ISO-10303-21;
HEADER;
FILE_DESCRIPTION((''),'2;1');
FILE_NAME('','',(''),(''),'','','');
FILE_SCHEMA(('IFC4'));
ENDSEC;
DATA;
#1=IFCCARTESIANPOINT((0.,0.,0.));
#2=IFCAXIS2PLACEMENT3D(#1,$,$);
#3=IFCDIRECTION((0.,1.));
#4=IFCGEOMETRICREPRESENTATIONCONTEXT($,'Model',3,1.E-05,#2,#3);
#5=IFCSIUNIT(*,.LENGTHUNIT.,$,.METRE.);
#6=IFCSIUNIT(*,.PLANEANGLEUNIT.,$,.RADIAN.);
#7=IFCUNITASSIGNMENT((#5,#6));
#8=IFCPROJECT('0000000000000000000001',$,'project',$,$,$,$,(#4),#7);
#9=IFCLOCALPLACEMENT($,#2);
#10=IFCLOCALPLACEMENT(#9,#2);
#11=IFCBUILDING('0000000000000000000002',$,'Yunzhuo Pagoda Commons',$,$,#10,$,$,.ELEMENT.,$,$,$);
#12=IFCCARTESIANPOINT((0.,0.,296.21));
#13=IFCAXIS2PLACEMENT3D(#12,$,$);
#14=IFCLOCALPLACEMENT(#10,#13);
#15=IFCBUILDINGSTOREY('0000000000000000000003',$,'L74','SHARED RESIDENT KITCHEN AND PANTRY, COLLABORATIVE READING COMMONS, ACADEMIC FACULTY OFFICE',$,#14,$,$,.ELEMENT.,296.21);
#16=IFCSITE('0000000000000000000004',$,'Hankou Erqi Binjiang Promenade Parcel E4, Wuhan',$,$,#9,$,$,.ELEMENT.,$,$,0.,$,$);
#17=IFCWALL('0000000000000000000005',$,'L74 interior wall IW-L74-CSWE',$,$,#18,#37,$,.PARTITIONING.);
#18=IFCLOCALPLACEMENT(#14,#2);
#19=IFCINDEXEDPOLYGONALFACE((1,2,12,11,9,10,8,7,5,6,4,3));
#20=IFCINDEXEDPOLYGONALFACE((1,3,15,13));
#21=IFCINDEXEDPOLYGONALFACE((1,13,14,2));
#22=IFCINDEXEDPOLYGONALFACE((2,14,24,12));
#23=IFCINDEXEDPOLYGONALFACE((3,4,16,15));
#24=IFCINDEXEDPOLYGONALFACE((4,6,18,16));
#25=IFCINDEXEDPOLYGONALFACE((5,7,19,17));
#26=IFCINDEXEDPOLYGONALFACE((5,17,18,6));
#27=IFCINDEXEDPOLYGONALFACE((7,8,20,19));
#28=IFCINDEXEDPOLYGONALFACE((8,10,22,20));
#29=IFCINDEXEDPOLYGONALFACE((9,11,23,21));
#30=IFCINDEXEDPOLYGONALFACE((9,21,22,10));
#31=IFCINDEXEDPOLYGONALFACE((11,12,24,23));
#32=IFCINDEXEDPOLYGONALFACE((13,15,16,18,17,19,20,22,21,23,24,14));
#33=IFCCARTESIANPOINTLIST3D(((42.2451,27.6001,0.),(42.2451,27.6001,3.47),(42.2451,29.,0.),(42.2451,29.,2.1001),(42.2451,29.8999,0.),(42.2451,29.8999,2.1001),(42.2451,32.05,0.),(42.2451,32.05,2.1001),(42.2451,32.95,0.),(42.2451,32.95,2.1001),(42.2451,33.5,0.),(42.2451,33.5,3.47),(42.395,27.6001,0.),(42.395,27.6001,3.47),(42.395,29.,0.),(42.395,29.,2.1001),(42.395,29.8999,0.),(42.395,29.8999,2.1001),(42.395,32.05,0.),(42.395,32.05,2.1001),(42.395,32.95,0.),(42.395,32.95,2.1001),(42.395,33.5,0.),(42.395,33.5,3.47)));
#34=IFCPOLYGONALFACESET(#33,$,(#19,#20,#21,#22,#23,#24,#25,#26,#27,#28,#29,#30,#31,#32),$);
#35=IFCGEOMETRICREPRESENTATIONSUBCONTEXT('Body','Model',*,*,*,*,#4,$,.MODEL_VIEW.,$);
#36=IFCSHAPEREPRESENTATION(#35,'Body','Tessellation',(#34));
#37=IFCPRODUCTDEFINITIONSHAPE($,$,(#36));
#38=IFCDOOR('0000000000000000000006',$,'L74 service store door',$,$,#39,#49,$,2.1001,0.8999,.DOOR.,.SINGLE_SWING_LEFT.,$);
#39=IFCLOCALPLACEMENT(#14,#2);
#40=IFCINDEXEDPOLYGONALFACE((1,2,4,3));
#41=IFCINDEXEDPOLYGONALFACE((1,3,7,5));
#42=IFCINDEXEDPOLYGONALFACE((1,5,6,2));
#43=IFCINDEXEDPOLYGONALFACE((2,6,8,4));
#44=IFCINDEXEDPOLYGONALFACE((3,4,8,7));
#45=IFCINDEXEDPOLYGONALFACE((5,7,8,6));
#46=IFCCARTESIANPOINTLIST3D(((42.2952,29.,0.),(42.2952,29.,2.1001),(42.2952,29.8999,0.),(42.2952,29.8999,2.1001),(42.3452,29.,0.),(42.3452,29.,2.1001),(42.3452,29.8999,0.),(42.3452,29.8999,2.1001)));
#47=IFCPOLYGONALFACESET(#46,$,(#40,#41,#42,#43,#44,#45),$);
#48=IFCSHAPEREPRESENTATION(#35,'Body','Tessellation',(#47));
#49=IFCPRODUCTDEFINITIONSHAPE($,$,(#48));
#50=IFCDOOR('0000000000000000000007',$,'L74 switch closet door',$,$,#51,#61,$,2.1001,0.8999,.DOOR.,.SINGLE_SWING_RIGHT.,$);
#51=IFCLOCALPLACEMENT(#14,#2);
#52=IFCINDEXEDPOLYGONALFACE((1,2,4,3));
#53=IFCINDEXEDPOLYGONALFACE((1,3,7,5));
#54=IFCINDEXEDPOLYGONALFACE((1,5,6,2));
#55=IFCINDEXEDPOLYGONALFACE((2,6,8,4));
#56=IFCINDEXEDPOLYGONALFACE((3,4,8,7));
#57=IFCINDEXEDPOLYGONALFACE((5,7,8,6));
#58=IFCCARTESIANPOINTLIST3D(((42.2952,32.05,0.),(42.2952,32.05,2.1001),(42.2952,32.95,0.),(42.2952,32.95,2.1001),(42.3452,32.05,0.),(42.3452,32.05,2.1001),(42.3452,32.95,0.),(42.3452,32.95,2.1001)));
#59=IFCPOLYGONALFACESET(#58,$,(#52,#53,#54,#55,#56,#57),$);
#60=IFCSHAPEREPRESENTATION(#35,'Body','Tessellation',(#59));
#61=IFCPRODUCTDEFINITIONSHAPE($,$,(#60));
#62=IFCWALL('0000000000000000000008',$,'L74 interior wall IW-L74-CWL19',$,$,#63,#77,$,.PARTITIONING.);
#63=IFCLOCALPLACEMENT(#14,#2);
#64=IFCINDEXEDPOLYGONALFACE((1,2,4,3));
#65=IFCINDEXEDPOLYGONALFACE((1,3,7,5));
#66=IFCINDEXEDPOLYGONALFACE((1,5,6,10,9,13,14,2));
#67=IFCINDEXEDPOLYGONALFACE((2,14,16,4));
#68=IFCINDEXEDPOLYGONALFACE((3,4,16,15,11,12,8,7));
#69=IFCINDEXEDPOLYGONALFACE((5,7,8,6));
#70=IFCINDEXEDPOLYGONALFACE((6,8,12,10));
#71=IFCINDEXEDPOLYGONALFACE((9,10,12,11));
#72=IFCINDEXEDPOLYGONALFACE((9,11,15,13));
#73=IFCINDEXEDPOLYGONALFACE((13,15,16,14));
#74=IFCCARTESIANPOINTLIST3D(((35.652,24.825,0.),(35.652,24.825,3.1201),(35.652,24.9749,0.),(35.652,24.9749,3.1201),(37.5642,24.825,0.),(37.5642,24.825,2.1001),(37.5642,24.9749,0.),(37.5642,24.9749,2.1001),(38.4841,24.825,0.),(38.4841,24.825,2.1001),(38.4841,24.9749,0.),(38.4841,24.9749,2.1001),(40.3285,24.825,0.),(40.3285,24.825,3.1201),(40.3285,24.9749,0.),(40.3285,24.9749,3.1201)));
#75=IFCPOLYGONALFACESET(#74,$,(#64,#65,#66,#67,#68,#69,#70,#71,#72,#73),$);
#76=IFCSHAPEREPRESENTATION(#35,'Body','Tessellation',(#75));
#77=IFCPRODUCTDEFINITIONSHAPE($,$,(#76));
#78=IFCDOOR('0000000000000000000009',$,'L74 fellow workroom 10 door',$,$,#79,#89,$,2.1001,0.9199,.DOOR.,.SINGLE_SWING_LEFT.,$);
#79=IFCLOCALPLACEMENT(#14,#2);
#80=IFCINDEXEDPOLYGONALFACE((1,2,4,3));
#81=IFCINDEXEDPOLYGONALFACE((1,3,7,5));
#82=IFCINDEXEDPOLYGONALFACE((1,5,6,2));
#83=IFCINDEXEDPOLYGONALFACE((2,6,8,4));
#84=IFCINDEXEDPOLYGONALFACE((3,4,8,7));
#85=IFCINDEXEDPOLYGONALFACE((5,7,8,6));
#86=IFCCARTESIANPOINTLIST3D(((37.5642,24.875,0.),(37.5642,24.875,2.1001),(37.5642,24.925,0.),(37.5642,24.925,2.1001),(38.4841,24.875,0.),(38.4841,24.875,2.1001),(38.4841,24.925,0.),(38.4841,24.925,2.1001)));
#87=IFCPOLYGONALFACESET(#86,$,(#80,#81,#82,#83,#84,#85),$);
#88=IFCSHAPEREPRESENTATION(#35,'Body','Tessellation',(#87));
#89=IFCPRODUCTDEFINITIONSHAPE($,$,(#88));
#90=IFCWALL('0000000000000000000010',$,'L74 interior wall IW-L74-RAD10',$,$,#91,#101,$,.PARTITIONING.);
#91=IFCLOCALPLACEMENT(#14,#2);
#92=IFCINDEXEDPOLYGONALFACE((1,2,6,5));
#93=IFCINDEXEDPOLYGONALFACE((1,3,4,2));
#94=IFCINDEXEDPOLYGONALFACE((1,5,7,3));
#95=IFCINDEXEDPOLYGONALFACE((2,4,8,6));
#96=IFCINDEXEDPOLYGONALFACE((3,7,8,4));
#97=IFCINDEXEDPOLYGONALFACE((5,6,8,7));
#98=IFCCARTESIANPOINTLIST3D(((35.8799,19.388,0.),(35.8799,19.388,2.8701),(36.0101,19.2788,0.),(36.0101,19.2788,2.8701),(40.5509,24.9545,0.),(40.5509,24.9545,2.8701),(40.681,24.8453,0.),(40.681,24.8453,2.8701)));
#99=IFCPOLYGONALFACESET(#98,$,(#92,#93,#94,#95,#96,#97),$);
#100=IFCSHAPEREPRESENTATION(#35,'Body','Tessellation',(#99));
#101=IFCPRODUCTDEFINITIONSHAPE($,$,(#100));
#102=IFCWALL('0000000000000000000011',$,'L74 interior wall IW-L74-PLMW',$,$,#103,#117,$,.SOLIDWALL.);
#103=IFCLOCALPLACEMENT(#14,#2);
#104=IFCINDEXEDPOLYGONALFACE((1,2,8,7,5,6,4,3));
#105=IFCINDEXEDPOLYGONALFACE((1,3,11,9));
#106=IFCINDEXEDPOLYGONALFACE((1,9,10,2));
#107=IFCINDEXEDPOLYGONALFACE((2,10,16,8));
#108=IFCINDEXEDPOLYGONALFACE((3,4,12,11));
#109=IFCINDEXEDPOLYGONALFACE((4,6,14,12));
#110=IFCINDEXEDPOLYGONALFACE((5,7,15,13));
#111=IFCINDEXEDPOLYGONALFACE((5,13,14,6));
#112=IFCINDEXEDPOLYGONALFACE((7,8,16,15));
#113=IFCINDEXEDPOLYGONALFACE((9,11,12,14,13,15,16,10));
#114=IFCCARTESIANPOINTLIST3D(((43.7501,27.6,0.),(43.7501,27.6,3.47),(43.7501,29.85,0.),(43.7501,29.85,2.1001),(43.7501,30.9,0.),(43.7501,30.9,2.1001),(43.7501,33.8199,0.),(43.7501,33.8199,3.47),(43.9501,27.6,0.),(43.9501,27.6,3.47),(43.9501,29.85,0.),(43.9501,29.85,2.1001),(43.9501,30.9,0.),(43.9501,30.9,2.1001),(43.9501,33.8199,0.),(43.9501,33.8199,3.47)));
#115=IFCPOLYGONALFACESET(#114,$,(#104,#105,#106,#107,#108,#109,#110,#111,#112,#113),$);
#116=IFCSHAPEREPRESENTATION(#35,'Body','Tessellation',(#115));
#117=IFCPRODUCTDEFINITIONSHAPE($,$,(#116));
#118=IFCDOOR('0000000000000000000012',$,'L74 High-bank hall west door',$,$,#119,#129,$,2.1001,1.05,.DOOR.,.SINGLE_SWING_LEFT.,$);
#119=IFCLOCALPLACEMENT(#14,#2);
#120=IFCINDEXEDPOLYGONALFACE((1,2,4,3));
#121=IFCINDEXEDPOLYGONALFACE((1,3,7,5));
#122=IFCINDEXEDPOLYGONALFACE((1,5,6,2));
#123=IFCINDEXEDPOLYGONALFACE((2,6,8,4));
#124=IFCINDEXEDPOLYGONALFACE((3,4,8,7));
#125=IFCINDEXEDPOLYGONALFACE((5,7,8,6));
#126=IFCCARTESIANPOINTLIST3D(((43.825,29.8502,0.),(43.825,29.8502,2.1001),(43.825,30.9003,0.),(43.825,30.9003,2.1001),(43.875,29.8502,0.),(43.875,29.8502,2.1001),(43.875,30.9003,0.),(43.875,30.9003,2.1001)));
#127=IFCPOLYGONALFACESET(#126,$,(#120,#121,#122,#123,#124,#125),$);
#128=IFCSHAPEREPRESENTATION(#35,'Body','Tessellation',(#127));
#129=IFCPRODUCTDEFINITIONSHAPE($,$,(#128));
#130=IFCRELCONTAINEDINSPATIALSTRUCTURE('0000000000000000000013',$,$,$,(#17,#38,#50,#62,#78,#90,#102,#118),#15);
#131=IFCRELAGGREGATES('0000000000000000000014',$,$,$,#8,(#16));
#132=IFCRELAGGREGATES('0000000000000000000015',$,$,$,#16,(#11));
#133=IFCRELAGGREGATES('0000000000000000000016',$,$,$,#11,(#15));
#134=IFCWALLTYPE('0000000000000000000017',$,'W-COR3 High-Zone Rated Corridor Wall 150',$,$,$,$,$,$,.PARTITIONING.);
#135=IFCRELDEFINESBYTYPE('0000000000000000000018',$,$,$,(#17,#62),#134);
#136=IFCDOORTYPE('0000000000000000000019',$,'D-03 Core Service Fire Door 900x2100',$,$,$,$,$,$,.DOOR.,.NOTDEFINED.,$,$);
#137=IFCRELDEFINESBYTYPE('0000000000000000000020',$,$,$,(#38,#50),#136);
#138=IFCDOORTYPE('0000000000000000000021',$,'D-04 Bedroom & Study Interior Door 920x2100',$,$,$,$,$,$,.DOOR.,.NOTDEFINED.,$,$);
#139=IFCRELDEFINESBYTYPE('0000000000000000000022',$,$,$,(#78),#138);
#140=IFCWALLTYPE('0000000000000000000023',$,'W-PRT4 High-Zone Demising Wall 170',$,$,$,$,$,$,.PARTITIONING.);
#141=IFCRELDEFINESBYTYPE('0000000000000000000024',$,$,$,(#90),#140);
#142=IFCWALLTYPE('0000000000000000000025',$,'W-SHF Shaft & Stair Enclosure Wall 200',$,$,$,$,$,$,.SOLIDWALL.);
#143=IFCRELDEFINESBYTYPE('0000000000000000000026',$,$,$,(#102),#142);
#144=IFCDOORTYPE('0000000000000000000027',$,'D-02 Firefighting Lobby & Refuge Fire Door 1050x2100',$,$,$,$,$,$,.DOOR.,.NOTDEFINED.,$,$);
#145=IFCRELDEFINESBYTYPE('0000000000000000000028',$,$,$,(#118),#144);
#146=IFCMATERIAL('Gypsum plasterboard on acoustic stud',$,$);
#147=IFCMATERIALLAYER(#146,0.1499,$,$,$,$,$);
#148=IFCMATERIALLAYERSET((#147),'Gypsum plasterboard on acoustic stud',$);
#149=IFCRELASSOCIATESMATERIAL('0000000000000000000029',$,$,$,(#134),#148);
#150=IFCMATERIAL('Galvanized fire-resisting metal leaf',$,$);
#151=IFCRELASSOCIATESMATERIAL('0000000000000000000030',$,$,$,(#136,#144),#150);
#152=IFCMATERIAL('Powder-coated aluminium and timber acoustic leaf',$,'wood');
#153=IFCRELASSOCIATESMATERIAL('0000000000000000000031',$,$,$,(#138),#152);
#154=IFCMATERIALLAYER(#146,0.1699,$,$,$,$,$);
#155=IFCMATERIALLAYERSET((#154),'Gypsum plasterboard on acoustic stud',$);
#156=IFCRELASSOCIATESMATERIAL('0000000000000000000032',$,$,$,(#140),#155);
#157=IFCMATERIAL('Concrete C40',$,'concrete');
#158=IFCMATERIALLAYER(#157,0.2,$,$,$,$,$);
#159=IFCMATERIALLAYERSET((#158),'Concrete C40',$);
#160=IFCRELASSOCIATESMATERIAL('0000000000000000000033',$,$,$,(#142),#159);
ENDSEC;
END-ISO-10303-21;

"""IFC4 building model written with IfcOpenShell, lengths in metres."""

from ifc_helpers import new_model, si_unit, direction, frame, frame_2d, origin, origin_with_axes, place, context, subcontext, project, spatial, rectangle, extrude, source, transform, mapped, material, layer, layer_set, type_object, element, fill, save


model = new_model("IFC4")

# Units and contexts
model_context = context("Model", 3, precision=1e-05, world=origin(), true_north=direction((0.0, 1.0)))
body_context = subcontext(model_context, "Body", "Model", "MODEL_VIEW")
ifc_project = project(units=[si_unit("LENGTHUNIT", "METRE"), si_unit("PLANEANGLEUNIT", "RADIAN")], contexts=[model_context])

# Site, building, storey
site_placement = place(None, origin())
site = spatial("IfcSite", under=ifc_project, at=site_placement, Name="Hankou Erqi Binjiang Promenade Parcel E4, Wuhan", CompositionType="ELEMENT", RefElevation=0.0)
building_placement = place(site_placement, origin())
building = spatial("IfcBuilding", under=site, at=building_placement, Name="Yunzhuo Pagoda Commons", CompositionType="ELEMENT")
storey_placement = place(building_placement, frame((0.0, 0.0, 296.21)))
storey = spatial("IfcBuildingStorey", under=building, at=storey_placement, Name="L74", Description="SHARED RESIDENT KITCHEN AND PANTRY, COLLABORATIVE READING COMMONS, ACADEMIC FACULTY OFFICE", CompositionType="ELEMENT", Elevation=296.21)

# Wall, openings, doors
ifc_material_1 = material(Name="Gypsum plasterboard on acoustic stud")
ifc_layer_1 = layer(ifc_material_1, 0.1499)
ifc_layer_set_1 = layer_set([ifc_layer_1], Name="Gypsum plasterboard on acoustic stud")
wall_type_1 = type_object("IfcWallType", Name="W-COR3 High-Zone Rated Corridor Wall 150", PredefinedType="PARTITIONING", material=ifc_layer_set_1)
wall_1_placement = place(storey_placement, frame((42.3201, 27.6001, 0.0), z_axis=(0.0, 0.0, 1.0), x_axis=(0.0, 1.0, 0.0)))
wall_1 = element("IfcWall", 1, at=wall_1_placement, inside=storey, type_object=wall_type_1, Name="L74 interior wall IW-L74-CSWE", PredefinedType="PARTITIONING", context=body_context, shape_type="SweptSolid", body=[
    extrude(rectangle(XDim=5.8999, YDim=0.1499, at=frame_2d((2.95, 0.0))), origin(), (0.0, 0.0, 1.0), 3.47),
])
opening_1_placement = place(wall_1_placement, frame((1.3999, 0.0, 0.0)))
opening_1 = element("IfcOpeningElement", 2, at=opening_1_placement, cuts=wall_1, PredefinedType="OPENING", context=body_context, shape_type="SweptSolid", body=[
    extrude(rectangle(XDim=0.8999, YDim=2.1001, at=frame_2d((0.45, 1.05))), frame((0.0, 0.085, 0.0), z_axis=(0.0, -1.0, 0.0), x_axis=(1.0, 0.0, 0.0)), (0.0, 0.0, 1.0), 0.1699),
])
opening_2_placement = place(wall_1_placement, frame((4.45, 0.0, 0.0)))
opening_2 = element("IfcOpeningElement", 3, at=opening_2_placement, cuts=wall_1, PredefinedType="OPENING", context=body_context, shape_type="SweptSolid", body=[
    extrude(rectangle(XDim=0.8999, YDim=2.1001, at=frame_2d((0.45, 1.05))), frame((0.0, 0.085, 0.0), z_axis=(0.0, -1.0, 0.0), x_axis=(1.0, 0.0, 0.0)), (0.0, 0.0, 1.0), 0.1699),
])
ifc_material_2 = material(Name="Galvanized fire-resisting metal leaf")
door_type_1 = type_object("IfcDoorType", Name="D-03 Core Service Fire Door 900x2100", OperationType="NOTDEFINED", PredefinedType="DOOR", material=ifc_material_2)
shared_shape_1 = source(origin(), body_context, "Body", "SweptSolid", [
    extrude(rectangle(XDim=0.8999, YDim=2.1001, at=frame_2d((0.45, 1.05))), frame((0.0, 0.0249, 0.0), z_axis=(0.0, -1.0, 0.0), x_axis=(1.0, 0.0, 0.0)), (0.0, 0.0, 1.0), 0.05),
])
door_1_placement = place(opening_1_placement, origin_with_axes())
door_1 = element("IfcDoor", 4, at=door_1_placement, inside=storey, type_object=door_type_1, Name="L74 service store door", OperationType="SINGLE_SWING_LEFT", OverallHeight=2.1001, OverallWidth=0.8999, PredefinedType="DOOR", context=body_context, shape_type="MappedRepresentation", body=[
    mapped(shared_shape_1, transform((0.0, 0.0, 0.0), scale=1.0)),
])
fill(opening_1, door_1)
door_2_placement = place(opening_2_placement, origin_with_axes())
door_2 = element("IfcDoor", 5, at=door_2_placement, inside=storey, type_object=door_type_1, Name="L74 switch closet door", OperationType="SINGLE_SWING_RIGHT", OverallHeight=2.1001, OverallWidth=0.8999, PredefinedType="DOOR", context=body_context, shape_type="MappedRepresentation", body=[
    mapped(shared_shape_1, transform((0.0, 0.0, 0.0), scale=1.0)),
])
fill(opening_2, door_2)

# Wall, opening, door
wall_2_placement = place(storey_placement, frame((40.3286, 24.8999, 0.0), z_axis=(0.0, 0.0, 1.0), x_axis=(-1.0, 0.0, 0.0)))
wall_2 = element("IfcWall", 6, at=wall_2_placement, inside=storey, type_object=wall_type_1, Name="L74 interior wall IW-L74-CWL19", PredefinedType="PARTITIONING", context=body_context, shape_type="SweptSolid", body=[
    extrude(rectangle(XDim=4.6765, YDim=0.1499, at=frame_2d((2.3384, 0.0))), origin(), (0.0, 0.0, 1.0), 3.1201),
])
opening_3_placement = place(wall_2_placement, frame((1.8445, 0.0, 0.0)))
opening_3 = element("IfcOpeningElement", 7, at=opening_3_placement, cuts=wall_2, PredefinedType="OPENING", context=body_context, shape_type="SweptSolid", body=[
    extrude(rectangle(XDim=0.9199, YDim=2.1001, at=frame_2d((0.46, 1.05))), frame((0.0, 0.085, 0.0), z_axis=(0.0, -1.0, 0.0), x_axis=(1.0, 0.0, 0.0)), (0.0, 0.0, 1.0), 0.1699),
])
ifc_material_3 = material(Name="Powder-coated aluminium and timber acoustic leaf", Category="wood")
door_type_2 = type_object("IfcDoorType", Name="D-04 Bedroom & Study Interior Door 920x2100", OperationType="NOTDEFINED", PredefinedType="DOOR", material=ifc_material_3)
shared_shape_2 = source(origin(), body_context, "Body", "SweptSolid", [
    extrude(rectangle(XDim=0.9199, YDim=2.1001, at=frame_2d((0.46, 1.05))), frame((0.0, 0.0249, 0.0), z_axis=(0.0, -1.0, 0.0), x_axis=(1.0, 0.0, 0.0)), (0.0, 0.0, 1.0), 0.05),
])
door_3_placement = place(opening_3_placement, origin_with_axes())
door_3 = element("IfcDoor", 8, at=door_3_placement, inside=storey, type_object=door_type_2, Name="L74 fellow workroom 10 door", OperationType="SINGLE_SWING_LEFT", OverallHeight=2.1001, OverallWidth=0.9199, PredefinedType="DOOR", context=body_context, shape_type="MappedRepresentation", body=[
    mapped(shared_shape_2, transform((0.0, 0.0, 0.0), scale=1.0)),
])
fill(opening_3, door_3)

# Wall
ifc_layer_2 = layer(ifc_material_1, 0.1699)
ifc_layer_set_2 = layer_set([ifc_layer_2], Name="Gypsum plasterboard on acoustic stud")
wall_type_2 = type_object("IfcWallType", Name="W-PRT4 High-Zone Demising Wall 170", PredefinedType="PARTITIONING", material=ifc_layer_set_2)
wall_3_placement = place(storey_placement, frame((40.616, 24.8999, 0.0), z_axis=(0.0, 0.0, 1.0), x_axis=(-0.642798, -0.766036, 0.0)))
element("IfcWall", 9, at=wall_3_placement, inside=storey, type_object=wall_type_2, Name="L74 interior wall IW-L74-RAD10", PredefinedType="PARTITIONING", context=body_context, shape_type="SweptSolid", body=[
    extrude(rectangle(XDim=7.2666, YDim=0.1699, at=frame_2d((3.6333, 0.0))), origin(), (0.0, 0.0, 1.0), 2.8701),
])

# Wall, opening, door
ifc_material_4 = material(Name="Concrete C40", Category="concrete")
ifc_layer_3 = layer(ifc_material_4, 0.2)
ifc_layer_set_3 = layer_set([ifc_layer_3], Name="Concrete C40")
wall_type_3 = type_object("IfcWallType", Name="W-SHF Shaft & Stair Enclosure Wall 200", PredefinedType="SOLIDWALL", material=ifc_layer_set_3)
wall_4_placement = place(storey_placement, frame((43.8501, 27.6001, 0.0), z_axis=(0.0, 0.0, 1.0), x_axis=(0.0, 1.0, 0.0)))
wall_4 = element("IfcWall", 10, at=wall_4_placement, inside=storey, type_object=wall_type_3, Name="L74 interior wall IW-L74-PLMW", PredefinedType="SOLIDWALL", context=body_context, shape_type="SweptSolid", body=[
    extrude(rectangle(XDim=6.22, YDim=0.2, at=frame_2d((3.1099, 0.0))), origin(), (0.0, 0.0, 1.0), 3.47),
])
opening_4_placement = place(wall_4_placement, frame((2.25, 0.0, 0.0)))
opening_4 = element("IfcOpeningElement", 11, at=opening_4_placement, cuts=wall_4, PredefinedType="OPENING", context=body_context, shape_type="SweptSolid", body=[
    extrude(rectangle(XDim=1.05, YDim=2.1001, at=frame_2d((0.5249, 1.05))), frame((0.0, 0.1099, 0.0), z_axis=(0.0, -1.0, 0.0), x_axis=(1.0, 0.0, 0.0)), (0.0, 0.0, 1.0), 0.22),
])
door_type_3 = type_object("IfcDoorType", Name="D-02 Firefighting Lobby & Refuge Fire Door 1050x2100", OperationType="NOTDEFINED", PredefinedType="DOOR", material=ifc_material_2)
shared_shape_3 = source(origin(), body_context, "Body", "SweptSolid", [
    extrude(rectangle(XDim=1.05, YDim=2.1001, at=frame_2d((0.5249, 1.05))), frame((0.0, 0.0249, 0.0), z_axis=(0.0, -1.0, 0.0), x_axis=(1.0, 0.0, 0.0)), (0.0, 0.0, 1.0), 0.05),
])
door_4_placement = place(opening_4_placement, frame((1.05, 0.0, 0.0), z_axis=(0.0, 0.0, 1.0), x_axis=(-1.0, 0.0, 0.0)))
door_4 = element("IfcDoor", 12, at=door_4_placement, inside=storey, type_object=door_type_3, Name="L74 High-bank hall west door", OperationType="SINGLE_SWING_LEFT", OverallHeight=2.1001, OverallWidth=1.05, PredefinedType="DOOR", context=body_context, shape_type="MappedRepresentation", body=[
    mapped(shared_shape_3, transform((0.0, 0.0, 0.0), scale=1.0)),
])
fill(opening_4, door_4)

save(model, "model.ifc")
